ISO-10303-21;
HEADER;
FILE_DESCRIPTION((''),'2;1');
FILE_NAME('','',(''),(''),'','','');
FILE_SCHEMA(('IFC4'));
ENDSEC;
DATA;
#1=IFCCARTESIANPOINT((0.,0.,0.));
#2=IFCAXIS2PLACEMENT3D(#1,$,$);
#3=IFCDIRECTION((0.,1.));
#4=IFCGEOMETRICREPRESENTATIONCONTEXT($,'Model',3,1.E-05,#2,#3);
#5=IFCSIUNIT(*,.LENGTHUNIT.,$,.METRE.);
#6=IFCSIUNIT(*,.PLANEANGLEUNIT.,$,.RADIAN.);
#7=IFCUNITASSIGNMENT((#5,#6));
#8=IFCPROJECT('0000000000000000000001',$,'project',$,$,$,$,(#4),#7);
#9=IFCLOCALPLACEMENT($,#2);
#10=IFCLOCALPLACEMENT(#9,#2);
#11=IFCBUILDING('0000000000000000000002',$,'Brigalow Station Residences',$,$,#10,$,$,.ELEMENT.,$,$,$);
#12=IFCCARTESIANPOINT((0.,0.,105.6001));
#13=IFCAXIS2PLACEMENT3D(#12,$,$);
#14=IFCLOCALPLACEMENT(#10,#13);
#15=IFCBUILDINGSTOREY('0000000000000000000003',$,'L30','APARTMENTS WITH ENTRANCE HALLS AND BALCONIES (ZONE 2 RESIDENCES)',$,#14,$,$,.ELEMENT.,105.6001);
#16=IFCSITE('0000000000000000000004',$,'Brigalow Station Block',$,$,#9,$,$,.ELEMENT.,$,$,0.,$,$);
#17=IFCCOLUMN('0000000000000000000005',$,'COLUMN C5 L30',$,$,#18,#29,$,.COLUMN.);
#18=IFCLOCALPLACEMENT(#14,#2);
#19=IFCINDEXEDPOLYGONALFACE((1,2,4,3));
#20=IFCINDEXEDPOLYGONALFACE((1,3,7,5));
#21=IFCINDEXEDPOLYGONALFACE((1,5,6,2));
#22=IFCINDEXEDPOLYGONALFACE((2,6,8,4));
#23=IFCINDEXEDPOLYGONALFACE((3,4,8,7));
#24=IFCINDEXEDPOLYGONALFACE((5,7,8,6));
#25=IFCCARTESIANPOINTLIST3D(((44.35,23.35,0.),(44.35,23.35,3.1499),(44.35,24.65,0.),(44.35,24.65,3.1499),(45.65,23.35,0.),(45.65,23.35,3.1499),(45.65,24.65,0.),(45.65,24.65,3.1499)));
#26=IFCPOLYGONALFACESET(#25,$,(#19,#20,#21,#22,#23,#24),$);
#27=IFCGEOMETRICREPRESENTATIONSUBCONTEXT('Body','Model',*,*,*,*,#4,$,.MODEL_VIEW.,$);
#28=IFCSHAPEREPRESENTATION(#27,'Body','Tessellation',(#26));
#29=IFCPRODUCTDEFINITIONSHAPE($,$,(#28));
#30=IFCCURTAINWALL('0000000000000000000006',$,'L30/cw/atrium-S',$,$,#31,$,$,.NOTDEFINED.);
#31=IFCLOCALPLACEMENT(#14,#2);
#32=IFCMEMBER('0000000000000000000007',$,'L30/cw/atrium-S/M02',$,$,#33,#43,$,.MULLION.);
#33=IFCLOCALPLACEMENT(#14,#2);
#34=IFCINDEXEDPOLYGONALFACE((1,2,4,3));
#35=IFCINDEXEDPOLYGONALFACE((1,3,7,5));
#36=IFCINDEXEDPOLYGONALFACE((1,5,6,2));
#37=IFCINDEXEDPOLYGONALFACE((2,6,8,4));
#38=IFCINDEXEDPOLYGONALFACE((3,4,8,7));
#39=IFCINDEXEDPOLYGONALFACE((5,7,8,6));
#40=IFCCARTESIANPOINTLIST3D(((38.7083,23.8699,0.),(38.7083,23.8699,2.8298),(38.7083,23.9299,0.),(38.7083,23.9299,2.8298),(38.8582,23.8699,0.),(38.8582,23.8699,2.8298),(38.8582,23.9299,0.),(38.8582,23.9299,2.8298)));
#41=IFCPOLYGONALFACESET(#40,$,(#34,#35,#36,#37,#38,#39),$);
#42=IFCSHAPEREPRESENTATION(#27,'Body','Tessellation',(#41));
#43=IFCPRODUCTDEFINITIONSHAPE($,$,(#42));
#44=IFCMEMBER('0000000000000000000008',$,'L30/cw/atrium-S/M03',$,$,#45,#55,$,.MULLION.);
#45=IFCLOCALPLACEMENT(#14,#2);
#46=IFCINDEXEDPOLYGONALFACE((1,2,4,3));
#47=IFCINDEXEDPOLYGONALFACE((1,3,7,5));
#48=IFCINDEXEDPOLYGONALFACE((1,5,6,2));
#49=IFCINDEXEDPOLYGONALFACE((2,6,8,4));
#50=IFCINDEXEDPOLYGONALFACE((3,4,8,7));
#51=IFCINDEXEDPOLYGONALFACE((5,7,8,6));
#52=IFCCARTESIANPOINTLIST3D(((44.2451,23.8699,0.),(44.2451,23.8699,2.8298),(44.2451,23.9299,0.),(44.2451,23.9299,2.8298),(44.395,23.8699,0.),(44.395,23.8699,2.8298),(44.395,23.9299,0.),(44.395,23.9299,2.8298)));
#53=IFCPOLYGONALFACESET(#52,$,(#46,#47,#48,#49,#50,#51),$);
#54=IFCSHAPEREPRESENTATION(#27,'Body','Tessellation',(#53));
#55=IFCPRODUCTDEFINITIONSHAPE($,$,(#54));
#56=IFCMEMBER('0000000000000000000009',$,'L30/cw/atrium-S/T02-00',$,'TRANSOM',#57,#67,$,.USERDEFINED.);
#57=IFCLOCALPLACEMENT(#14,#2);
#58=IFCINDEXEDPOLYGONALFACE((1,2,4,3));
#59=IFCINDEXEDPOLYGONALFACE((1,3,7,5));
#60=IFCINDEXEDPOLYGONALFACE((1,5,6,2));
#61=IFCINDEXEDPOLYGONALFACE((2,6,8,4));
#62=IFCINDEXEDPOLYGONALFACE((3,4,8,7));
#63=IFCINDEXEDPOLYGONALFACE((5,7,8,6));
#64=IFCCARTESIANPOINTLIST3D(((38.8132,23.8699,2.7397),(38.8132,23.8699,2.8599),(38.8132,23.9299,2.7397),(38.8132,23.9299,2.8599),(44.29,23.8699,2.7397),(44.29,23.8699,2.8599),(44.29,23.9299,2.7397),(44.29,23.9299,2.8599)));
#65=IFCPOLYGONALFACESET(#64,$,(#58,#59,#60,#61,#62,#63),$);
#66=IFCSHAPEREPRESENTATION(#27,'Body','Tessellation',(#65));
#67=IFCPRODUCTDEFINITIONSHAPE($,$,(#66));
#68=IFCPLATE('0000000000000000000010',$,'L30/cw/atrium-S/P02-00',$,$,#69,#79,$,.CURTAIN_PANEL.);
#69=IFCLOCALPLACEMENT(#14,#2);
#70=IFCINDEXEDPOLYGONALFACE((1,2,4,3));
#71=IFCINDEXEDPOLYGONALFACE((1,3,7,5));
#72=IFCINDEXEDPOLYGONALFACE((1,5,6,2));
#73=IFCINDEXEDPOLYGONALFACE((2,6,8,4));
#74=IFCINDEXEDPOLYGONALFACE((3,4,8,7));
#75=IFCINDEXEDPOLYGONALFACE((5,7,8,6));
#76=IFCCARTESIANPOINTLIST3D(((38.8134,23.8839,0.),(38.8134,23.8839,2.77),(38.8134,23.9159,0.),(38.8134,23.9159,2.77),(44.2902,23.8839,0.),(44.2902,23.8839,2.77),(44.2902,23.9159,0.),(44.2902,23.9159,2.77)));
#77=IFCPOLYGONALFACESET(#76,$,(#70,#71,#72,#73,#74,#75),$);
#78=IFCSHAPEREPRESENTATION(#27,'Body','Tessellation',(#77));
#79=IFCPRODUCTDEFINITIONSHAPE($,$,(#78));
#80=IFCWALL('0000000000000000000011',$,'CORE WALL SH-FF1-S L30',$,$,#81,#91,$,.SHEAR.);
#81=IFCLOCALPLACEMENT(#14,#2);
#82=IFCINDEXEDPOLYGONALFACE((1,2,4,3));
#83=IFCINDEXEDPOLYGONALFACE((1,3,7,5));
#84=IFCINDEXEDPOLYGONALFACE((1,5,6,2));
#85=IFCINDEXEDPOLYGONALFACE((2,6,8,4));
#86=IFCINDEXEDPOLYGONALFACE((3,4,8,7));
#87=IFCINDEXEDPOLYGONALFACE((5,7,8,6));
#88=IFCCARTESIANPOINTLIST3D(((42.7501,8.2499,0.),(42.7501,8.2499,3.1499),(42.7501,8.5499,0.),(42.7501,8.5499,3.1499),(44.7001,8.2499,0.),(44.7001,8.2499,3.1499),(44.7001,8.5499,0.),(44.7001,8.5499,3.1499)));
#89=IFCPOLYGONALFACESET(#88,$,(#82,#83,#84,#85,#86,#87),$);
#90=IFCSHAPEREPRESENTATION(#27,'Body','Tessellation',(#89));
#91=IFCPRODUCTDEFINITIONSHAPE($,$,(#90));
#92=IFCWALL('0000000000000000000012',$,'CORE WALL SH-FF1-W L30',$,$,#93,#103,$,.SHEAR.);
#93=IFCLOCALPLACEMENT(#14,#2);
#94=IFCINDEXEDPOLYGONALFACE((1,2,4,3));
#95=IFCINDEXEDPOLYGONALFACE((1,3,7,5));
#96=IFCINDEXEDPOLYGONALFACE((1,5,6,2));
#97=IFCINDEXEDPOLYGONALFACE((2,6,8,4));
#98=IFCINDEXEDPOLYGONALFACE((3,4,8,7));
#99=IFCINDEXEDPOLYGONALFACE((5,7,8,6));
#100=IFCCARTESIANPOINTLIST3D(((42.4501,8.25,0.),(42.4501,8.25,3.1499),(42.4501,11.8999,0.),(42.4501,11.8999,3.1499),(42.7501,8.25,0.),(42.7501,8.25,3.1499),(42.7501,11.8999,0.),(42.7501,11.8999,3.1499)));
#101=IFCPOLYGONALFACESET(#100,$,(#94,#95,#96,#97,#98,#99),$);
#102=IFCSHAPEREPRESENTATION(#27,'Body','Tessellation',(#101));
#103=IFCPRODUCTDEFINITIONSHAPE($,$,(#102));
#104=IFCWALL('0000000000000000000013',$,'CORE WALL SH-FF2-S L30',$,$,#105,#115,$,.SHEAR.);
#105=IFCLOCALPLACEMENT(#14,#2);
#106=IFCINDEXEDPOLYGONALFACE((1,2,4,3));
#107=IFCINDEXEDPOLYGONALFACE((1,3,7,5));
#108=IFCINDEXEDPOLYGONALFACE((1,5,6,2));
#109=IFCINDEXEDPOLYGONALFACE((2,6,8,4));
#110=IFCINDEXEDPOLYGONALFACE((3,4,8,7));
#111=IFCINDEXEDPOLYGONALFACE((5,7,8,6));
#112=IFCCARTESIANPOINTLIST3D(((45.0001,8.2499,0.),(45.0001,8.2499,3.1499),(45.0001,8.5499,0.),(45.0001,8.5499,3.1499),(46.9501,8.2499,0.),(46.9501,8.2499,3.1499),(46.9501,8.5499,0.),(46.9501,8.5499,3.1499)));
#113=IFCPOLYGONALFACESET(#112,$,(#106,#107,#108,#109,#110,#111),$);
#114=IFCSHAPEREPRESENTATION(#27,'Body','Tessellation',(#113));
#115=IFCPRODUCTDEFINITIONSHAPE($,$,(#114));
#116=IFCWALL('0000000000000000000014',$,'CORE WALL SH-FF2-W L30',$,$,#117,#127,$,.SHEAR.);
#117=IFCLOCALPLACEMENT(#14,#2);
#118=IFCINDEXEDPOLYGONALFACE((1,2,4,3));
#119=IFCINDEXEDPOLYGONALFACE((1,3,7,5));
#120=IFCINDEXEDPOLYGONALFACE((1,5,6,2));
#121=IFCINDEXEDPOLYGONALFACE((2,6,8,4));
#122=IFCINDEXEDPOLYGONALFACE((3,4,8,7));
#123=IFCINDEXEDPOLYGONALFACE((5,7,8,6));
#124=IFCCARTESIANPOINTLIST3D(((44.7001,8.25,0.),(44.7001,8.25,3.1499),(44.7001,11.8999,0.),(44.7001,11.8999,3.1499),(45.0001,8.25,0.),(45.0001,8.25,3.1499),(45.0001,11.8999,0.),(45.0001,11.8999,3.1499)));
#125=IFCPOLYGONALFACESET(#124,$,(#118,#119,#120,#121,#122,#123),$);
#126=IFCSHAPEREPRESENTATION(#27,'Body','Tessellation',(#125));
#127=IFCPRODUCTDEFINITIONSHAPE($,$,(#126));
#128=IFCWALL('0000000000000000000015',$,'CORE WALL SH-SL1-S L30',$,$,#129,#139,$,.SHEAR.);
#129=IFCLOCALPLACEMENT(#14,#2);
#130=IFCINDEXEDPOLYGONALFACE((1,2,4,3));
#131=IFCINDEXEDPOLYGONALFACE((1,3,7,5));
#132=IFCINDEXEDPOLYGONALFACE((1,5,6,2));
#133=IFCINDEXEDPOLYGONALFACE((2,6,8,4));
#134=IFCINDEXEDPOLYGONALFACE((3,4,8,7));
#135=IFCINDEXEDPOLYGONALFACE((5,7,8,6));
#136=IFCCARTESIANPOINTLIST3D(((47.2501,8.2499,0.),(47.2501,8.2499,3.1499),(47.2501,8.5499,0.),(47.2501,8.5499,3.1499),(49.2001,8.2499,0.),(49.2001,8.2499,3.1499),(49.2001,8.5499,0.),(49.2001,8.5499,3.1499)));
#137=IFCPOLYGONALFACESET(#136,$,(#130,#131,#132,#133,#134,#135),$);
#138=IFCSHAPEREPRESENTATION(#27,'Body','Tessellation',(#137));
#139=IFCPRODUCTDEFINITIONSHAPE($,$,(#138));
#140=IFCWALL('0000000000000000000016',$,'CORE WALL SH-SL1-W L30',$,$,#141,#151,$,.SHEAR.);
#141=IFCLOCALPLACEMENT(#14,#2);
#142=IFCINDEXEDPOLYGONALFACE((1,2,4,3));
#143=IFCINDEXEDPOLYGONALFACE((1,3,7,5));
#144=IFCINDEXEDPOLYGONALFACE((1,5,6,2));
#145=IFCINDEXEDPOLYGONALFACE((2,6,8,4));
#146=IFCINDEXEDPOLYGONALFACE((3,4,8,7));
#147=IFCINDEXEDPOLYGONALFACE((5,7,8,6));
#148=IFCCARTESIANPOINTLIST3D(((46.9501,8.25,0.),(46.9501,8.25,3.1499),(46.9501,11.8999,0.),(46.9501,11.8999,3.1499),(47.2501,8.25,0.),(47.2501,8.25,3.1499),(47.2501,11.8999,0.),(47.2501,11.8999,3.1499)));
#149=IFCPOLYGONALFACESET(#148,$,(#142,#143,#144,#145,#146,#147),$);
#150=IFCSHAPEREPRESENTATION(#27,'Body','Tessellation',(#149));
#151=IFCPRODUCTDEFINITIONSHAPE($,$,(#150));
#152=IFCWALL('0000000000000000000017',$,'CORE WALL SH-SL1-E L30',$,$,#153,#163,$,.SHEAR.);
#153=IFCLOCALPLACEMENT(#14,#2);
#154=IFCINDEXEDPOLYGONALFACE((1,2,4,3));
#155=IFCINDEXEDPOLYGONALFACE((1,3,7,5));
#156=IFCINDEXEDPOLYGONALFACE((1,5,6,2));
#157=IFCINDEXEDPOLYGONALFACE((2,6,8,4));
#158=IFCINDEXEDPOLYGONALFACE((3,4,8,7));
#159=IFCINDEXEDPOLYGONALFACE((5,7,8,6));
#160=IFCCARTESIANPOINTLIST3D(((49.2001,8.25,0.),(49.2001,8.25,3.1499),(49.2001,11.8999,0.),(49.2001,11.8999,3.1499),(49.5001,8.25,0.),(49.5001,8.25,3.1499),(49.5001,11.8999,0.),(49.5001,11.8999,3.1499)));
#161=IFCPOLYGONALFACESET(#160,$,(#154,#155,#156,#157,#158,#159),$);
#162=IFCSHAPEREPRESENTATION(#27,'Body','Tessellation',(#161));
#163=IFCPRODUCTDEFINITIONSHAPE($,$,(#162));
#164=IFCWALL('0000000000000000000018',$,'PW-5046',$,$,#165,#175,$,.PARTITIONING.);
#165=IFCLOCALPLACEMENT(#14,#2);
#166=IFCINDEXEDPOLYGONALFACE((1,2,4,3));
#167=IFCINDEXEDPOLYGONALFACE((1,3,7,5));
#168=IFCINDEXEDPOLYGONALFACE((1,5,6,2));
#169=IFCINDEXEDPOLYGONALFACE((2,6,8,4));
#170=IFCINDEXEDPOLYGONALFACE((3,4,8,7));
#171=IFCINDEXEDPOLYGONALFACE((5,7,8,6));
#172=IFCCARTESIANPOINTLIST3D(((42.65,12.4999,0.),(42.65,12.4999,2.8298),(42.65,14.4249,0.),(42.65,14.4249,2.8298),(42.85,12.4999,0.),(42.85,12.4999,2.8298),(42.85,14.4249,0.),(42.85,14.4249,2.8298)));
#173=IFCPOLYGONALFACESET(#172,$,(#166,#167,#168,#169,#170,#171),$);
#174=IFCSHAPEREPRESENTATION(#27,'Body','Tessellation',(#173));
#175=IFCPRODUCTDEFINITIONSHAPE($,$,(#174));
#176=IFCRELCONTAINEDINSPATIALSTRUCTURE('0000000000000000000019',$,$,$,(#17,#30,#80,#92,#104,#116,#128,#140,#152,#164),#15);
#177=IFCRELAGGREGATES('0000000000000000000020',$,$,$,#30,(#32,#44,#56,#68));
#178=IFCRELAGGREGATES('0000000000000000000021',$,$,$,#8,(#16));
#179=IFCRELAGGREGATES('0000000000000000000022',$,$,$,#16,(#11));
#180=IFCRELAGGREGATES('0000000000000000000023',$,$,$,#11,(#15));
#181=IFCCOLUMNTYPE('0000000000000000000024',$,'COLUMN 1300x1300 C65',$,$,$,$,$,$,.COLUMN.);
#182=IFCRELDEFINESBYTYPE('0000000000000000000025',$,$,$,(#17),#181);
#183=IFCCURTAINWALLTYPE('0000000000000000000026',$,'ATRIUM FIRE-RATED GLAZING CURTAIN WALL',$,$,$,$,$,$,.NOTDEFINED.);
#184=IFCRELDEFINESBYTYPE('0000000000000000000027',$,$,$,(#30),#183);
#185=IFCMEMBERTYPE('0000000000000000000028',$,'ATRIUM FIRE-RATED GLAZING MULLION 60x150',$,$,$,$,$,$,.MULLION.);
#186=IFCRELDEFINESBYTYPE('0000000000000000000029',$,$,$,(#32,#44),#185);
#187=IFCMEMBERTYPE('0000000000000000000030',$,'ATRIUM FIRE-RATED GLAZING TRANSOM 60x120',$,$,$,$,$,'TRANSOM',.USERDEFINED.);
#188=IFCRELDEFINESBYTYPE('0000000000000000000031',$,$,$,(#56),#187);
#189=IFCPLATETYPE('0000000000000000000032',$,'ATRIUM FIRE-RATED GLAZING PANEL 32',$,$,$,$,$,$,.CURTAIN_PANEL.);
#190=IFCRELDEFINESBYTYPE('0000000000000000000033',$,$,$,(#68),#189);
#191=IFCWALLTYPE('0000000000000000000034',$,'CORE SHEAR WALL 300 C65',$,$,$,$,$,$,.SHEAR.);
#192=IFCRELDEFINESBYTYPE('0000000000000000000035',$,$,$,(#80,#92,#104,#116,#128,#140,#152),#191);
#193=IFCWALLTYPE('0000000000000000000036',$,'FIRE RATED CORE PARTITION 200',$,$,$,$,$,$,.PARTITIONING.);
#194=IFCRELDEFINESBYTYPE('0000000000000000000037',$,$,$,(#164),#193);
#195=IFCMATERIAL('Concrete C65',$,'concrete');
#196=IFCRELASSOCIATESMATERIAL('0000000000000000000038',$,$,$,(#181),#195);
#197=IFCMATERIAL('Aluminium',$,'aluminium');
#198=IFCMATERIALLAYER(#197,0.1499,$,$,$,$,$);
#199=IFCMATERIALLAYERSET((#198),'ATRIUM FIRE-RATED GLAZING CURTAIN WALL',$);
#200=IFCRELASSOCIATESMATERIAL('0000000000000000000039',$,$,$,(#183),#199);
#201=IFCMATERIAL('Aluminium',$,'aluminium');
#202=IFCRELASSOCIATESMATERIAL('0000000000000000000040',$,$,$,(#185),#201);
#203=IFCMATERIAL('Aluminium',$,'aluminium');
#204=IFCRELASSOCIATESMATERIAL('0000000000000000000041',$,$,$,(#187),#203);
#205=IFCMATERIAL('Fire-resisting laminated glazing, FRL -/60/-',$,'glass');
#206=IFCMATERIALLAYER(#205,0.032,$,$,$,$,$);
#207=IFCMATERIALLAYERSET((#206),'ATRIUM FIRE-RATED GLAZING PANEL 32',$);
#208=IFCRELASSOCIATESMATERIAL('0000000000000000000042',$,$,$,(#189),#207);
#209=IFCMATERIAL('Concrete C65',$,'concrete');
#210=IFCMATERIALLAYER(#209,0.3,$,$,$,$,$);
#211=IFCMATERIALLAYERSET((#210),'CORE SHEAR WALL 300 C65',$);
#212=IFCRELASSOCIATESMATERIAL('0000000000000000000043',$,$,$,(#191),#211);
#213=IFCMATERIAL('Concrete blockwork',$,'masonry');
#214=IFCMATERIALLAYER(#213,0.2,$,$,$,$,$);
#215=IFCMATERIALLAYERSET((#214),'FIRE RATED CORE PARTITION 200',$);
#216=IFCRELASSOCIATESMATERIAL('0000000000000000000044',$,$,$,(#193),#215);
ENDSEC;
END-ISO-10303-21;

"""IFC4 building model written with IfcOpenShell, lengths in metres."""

from ifc_helpers import new_model, si_unit, direction, frame, frame_2d, origin, origin_2d, place, context, subcontext, project, spatial, rectangle, extrude, material, layer, layer_set, material_profile, profile_set, type_object, element, aggregate, save


model = new_model("IFC4")

# Units and contexts
model_context = context("Model", 3, precision=1e-05, world=origin(), true_north=direction((0.0, 1.0)))
body_context = subcontext(model_context, "Body", "Model", "MODEL_VIEW")
ifc_project = project(units=[si_unit("LENGTHUNIT", "METRE"), si_unit("PLANEANGLEUNIT", "RADIAN")], contexts=[model_context])

# Site, building, storey
site_placement = place(None, origin())
site = spatial("IfcSite", under=ifc_project, at=site_placement, Name="Brigalow Station Block", CompositionType="ELEMENT", RefElevation=0.0)
building_placement = place(site_placement, origin())
building = spatial("IfcBuilding", under=site, at=building_placement, Name="Brigalow Station Residences", CompositionType="ELEMENT")
storey_placement = place(building_placement, frame((0.0, 0.0, 105.6001)))
storey = spatial("IfcBuildingStorey", under=building, at=storey_placement, Name="L30", Description="APARTMENTS WITH ENTRANCE HALLS AND BALCONIES (ZONE 2 RESIDENCES)", CompositionType="ELEMENT", Elevation=105.6001)

# Column
ifc_material_1 = material(Name="Concrete C65", Category="concrete")
ifc_material_profile_1 = material_profile(ifc_material_1, rectangle(XDim=1.3, YDim=1.3, at=origin_2d()), Name="RC1300x1300")
ifc_profile_set_1 = profile_set([ifc_material_profile_1], Name="Concrete C65")
column_type = type_object("IfcColumnType", Name="COLUMN 1300x1300 C65", PredefinedType="COLUMN", material=ifc_profile_set_1)
column_placement = place(storey_placement, frame((45.0, 24.0, 0.0), z_axis=(0.0, 0.0, 1.0), x_axis=(1.0, 0.0, 0.0)))
element("IfcColumn", 1, at=column_placement, inside=storey, type_object=column_type, Name="COLUMN C5 L30", PredefinedType="COLUMN", context=body_context, shape_type="SweptSolid", body=[
    extrude(rectangle(XDim=1.3, YDim=1.3, at=origin_2d()), origin(), (0.0, 0.0, 1.0), 3.1499),
])

# Curtain wall, members, plate
ifc_material_2 = material(Name="Aluminium", Category="aluminium")
ifc_layer_1 = layer(ifc_material_2, 0.1499)
ifc_layer_set_1 = layer_set([ifc_layer_1], Name="ATRIUM FIRE-RATED GLAZING CURTAIN WALL")
curtain_wall_type = type_object("IfcCurtainWallType", Name="ATRIUM FIRE-RATED GLAZING CURTAIN WALL", PredefinedType="NOTDEFINED", material=ifc_layer_set_1)
curtain_wall_placement = place(storey_placement, origin())
curtain_wall = element("IfcCurtainWall", 2, at=curtain_wall_placement, inside=storey, type_object=curtain_wall_type, Name="L30/cw/atrium-S", PredefinedType="NOTDEFINED")
ifc_material_3 = material(Name="Aluminium", Category="aluminium")
ifc_material_profile_2 = material_profile(ifc_material_3, rectangle(XDim=0.0601, YDim=0.1499, at=origin_2d()), Name="ATRIUM FIRE-RATED GLAZING MULLION 60x150")
ifc_profile_set_2 = profile_set([ifc_material_profile_2], Name="Aluminium")
member_type_1 = type_object("IfcMemberType", Name="ATRIUM FIRE-RATED GLAZING MULLION 60x150", PredefinedType="MULLION", material=ifc_profile_set_2)
member_1_placement = place(storey_placement, frame((38.7832, 23.8999, 0.0), z_axis=(0.0, 0.0, 1.0), x_axis=(0.0, 1.0, 0.0)))
member_1 = element("IfcMember", 3, at=member_1_placement, type_object=member_type_1, Name="L30/cw/atrium-S/M02", PredefinedType="MULLION", context=body_context, shape_type="SweptSolid", body=[
    extrude(rectangle(XDim=0.0601, YDim=0.1499, at=origin_2d()), origin(), (0.0, 0.0, 1.0), 2.8298),
])
member_2_placement = place(storey_placement, frame((44.3201, 23.8999, 0.0), z_axis=(0.0, 0.0, 1.0), x_axis=(0.0, 1.0, 0.0)))
member_2 = element("IfcMember", 4, at=member_2_placement, type_object=member_type_1, Name="L30/cw/atrium-S/M03", PredefinedType="MULLION", context=body_context, shape_type="SweptSolid", body=[
    extrude(rectangle(XDim=0.0601, YDim=0.1499, at=origin_2d()), origin(), (0.0, 0.0, 1.0), 2.8298),
])
ifc_material_4 = material(Name="Aluminium", Category="aluminium")
ifc_material_profile_3 = material_profile(ifc_material_4, rectangle(XDim=0.0601, YDim=0.1201, at=origin_2d()), Name="ATRIUM FIRE-RATED GLAZING TRANSOM 60x120")
ifc_profile_set_3 = profile_set([ifc_material_profile_3], Name="Aluminium")
member_type_2 = type_object("IfcMemberType", Name="ATRIUM FIRE-RATED GLAZING TRANSOM 60x120", ElementType="TRANSOM", PredefinedType="USERDEFINED", material=ifc_profile_set_3)
member_3_placement = place(storey_placement, frame((38.8132, 23.8999, 2.7998), z_axis=(1.0, 0.0, 0.0), x_axis=(0.0, 1.0, 0.0)))
member_3 = element("IfcMember", 5, at=member_3_placement, type_object=member_type_2, Name="L30/cw/atrium-S/T02-00", ObjectType="TRANSOM", PredefinedType="USERDEFINED", context=body_context, shape_type="SweptSolid", body=[
    extrude(rectangle(XDim=0.0601, YDim=0.1201, at=origin_2d()), origin(), (0.0, 0.0, 1.0), 5.4768),
])
ifc_material_5 = material(Name="Fire-resisting laminated glazing, FRL -/60/-", Category="glass")
ifc_layer_2 = layer(ifc_material_5, 0.032)
ifc_layer_set_2 = layer_set([ifc_layer_2], Name="ATRIUM FIRE-RATED GLAZING PANEL 32")
plate_type = type_object("IfcPlateType", Name="ATRIUM FIRE-RATED GLAZING PANEL 32", PredefinedType="CURTAIN_PANEL", material=ifc_layer_set_2)
plate_placement = place(storey_placement, frame((41.5518, 23.8999, 0.0), z_axis=(0.0, 0.0, 1.0), x_axis=(1.0, 0.0, 0.0)))
plate = element("IfcPlate", 6, at=plate_placement, type_object=plate_type, Name="L30/cw/atrium-S/P02-00", PredefinedType="CURTAIN_PANEL", context=body_context, shape_type="SweptSolid", body=[
    extrude(rectangle(XDim=5.4768, YDim=0.032, at=origin_2d()), origin(), (0.0, 0.0, 1.0), 2.77),
])
aggregate(curtain_wall, [member_1, member_2, member_3, plate])

# Walls
ifc_material_6 = material(Name="Concrete C65", Category="concrete")
ifc_layer_3 = layer(ifc_material_6, 0.3)
ifc_layer_set_3 = layer_set([ifc_layer_3], Name="CORE SHEAR WALL 300 C65")
wall_type_1 = type_object("IfcWallType", Name="CORE SHEAR WALL 300 C65", PredefinedType="SHEAR", material=ifc_layer_set_3)
wall_1_placement = place(storey_placement, frame((42.75, 8.3999, 0.0), z_axis=(0.0, 0.0, 1.0), x_axis=(1.0, 0.0, 0.0)))
element("IfcWall", 7, at=wall_1_placement, inside=storey, type_object=wall_type_1, Name="CORE WALL SH-FF1-S L30", PredefinedType="SHEAR", context=body_context, shape_type="SweptSolid", body=[
    extrude(rectangle(XDim=1.95, YDim=0.3, at=frame_2d((0.9751, 0.0))), origin(), (0.0, 0.0, 1.0), 3.1499),
])
wall_2_placement = place(storey_placement, frame((42.6001, 8.25, 0.0), z_axis=(0.0, 0.0, 1.0), x_axis=(0.0, 1.0, 0.0)))
element("IfcWall", 8, at=wall_2_placement, inside=storey, type_object=wall_type_1, Name="CORE WALL SH-FF1-W L30", PredefinedType="SHEAR", context=body_context, shape_type="SweptSolid", body=[
    extrude(rectangle(XDim=3.6499, YDim=0.3, at=frame_2d((1.825, 0.0))), origin(), (0.0, 0.0, 1.0), 3.1499),
])
wall_3_placement = place(storey_placement, frame((45.0, 8.3999, 0.0), z_axis=(0.0, 0.0, 1.0), x_axis=(1.0, 0.0, 0.0)))
element("IfcWall", 9, at=wall_3_placement, inside=storey, type_object=wall_type_1, Name="CORE WALL SH-FF2-S L30", PredefinedType="SHEAR", context=body_context, shape_type="SweptSolid", body=[
    extrude(rectangle(XDim=1.95, YDim=0.3, at=frame_2d((0.9751, 0.0))), origin(), (0.0, 0.0, 1.0), 3.1499),
])
wall_4_placement = place(storey_placement, frame((44.8501, 8.25, 0.0), z_axis=(0.0, 0.0, 1.0), x_axis=(0.0, 1.0, 0.0)))
element("IfcWall", 10, at=wall_4_placement, inside=storey, type_object=wall_type_1, Name="CORE WALL SH-FF2-W L30", PredefinedType="SHEAR", context=body_context, shape_type="SweptSolid", body=[
    extrude(rectangle(XDim=3.6499, YDim=0.3, at=frame_2d((1.825, 0.0))), origin(), (0.0, 0.0, 1.0), 3.1499),
])
wall_5_placement = place(storey_placement, frame((47.25, 8.3999, 0.0), z_axis=(0.0, 0.0, 1.0), x_axis=(1.0, 0.0, 0.0)))
element("IfcWall", 11, at=wall_5_placement, inside=storey, type_object=wall_type_1, Name="CORE WALL SH-SL1-S L30", PredefinedType="SHEAR", context=body_context, shape_type="SweptSolid", body=[
    extrude(rectangle(XDim=1.95, YDim=0.3, at=frame_2d((0.9751, 0.0))), origin(), (0.0, 0.0, 1.0), 3.1499),
])
for number, where, z_axis, x_axis, name in (
    (12, (47.1001, 8.25, 0.0), (0.0, 0.0, 1.0), (0.0, 1.0, 0.0), "CORE WALL SH-SL1-W L30"),
    (13, (49.3501, 8.25, 0.0), (0.0, 0.0, 1.0), (0.0, 1.0, 0.0), "CORE WALL SH-SL1-E L30"),
):
    element("IfcWall", number, at=place(storey_placement, frame(where, z_axis=z_axis, x_axis=x_axis)), inside=storey, type_object=wall_type_1, Name=name, PredefinedType="SHEAR", context=body_context, shape_type="SweptSolid", body=[
        extrude(rectangle(XDim=3.6499, YDim=0.3, at=frame_2d((1.825, 0.0))), origin(), (0.0, 0.0, 1.0), 3.1499),
    ])
ifc_material_7 = material(Name="Concrete blockwork", Category="masonry")
ifc_layer_4 = layer(ifc_material_7, 0.2)
ifc_layer_set_4 = layer_set([ifc_layer_4], Name="FIRE RATED CORE PARTITION 200")
wall_type_2 = type_object("IfcWallType", Name="FIRE RATED CORE PARTITION 200", PredefinedType="PARTITIONING", material=ifc_layer_set_4)
wall_6_placement = place(storey_placement, frame((42.75, 12.5, 0.0), z_axis=(0.0, 0.0, 1.0), x_axis=(0.0, 1.0, 0.0)))
element("IfcWall", 14, at=wall_6_placement, inside=storey, type_object=wall_type_2, Name="PW-5046", PredefinedType="PARTITIONING", context=body_context, shape_type="SweptSolid", body=[
    extrude(rectangle(XDim=1.925, YDim=0.2, at=frame_2d((0.9624, 0.0))), origin(), (0.0, 0.0, 1.0), 2.8298),
])

save(model, "model.ifc")
